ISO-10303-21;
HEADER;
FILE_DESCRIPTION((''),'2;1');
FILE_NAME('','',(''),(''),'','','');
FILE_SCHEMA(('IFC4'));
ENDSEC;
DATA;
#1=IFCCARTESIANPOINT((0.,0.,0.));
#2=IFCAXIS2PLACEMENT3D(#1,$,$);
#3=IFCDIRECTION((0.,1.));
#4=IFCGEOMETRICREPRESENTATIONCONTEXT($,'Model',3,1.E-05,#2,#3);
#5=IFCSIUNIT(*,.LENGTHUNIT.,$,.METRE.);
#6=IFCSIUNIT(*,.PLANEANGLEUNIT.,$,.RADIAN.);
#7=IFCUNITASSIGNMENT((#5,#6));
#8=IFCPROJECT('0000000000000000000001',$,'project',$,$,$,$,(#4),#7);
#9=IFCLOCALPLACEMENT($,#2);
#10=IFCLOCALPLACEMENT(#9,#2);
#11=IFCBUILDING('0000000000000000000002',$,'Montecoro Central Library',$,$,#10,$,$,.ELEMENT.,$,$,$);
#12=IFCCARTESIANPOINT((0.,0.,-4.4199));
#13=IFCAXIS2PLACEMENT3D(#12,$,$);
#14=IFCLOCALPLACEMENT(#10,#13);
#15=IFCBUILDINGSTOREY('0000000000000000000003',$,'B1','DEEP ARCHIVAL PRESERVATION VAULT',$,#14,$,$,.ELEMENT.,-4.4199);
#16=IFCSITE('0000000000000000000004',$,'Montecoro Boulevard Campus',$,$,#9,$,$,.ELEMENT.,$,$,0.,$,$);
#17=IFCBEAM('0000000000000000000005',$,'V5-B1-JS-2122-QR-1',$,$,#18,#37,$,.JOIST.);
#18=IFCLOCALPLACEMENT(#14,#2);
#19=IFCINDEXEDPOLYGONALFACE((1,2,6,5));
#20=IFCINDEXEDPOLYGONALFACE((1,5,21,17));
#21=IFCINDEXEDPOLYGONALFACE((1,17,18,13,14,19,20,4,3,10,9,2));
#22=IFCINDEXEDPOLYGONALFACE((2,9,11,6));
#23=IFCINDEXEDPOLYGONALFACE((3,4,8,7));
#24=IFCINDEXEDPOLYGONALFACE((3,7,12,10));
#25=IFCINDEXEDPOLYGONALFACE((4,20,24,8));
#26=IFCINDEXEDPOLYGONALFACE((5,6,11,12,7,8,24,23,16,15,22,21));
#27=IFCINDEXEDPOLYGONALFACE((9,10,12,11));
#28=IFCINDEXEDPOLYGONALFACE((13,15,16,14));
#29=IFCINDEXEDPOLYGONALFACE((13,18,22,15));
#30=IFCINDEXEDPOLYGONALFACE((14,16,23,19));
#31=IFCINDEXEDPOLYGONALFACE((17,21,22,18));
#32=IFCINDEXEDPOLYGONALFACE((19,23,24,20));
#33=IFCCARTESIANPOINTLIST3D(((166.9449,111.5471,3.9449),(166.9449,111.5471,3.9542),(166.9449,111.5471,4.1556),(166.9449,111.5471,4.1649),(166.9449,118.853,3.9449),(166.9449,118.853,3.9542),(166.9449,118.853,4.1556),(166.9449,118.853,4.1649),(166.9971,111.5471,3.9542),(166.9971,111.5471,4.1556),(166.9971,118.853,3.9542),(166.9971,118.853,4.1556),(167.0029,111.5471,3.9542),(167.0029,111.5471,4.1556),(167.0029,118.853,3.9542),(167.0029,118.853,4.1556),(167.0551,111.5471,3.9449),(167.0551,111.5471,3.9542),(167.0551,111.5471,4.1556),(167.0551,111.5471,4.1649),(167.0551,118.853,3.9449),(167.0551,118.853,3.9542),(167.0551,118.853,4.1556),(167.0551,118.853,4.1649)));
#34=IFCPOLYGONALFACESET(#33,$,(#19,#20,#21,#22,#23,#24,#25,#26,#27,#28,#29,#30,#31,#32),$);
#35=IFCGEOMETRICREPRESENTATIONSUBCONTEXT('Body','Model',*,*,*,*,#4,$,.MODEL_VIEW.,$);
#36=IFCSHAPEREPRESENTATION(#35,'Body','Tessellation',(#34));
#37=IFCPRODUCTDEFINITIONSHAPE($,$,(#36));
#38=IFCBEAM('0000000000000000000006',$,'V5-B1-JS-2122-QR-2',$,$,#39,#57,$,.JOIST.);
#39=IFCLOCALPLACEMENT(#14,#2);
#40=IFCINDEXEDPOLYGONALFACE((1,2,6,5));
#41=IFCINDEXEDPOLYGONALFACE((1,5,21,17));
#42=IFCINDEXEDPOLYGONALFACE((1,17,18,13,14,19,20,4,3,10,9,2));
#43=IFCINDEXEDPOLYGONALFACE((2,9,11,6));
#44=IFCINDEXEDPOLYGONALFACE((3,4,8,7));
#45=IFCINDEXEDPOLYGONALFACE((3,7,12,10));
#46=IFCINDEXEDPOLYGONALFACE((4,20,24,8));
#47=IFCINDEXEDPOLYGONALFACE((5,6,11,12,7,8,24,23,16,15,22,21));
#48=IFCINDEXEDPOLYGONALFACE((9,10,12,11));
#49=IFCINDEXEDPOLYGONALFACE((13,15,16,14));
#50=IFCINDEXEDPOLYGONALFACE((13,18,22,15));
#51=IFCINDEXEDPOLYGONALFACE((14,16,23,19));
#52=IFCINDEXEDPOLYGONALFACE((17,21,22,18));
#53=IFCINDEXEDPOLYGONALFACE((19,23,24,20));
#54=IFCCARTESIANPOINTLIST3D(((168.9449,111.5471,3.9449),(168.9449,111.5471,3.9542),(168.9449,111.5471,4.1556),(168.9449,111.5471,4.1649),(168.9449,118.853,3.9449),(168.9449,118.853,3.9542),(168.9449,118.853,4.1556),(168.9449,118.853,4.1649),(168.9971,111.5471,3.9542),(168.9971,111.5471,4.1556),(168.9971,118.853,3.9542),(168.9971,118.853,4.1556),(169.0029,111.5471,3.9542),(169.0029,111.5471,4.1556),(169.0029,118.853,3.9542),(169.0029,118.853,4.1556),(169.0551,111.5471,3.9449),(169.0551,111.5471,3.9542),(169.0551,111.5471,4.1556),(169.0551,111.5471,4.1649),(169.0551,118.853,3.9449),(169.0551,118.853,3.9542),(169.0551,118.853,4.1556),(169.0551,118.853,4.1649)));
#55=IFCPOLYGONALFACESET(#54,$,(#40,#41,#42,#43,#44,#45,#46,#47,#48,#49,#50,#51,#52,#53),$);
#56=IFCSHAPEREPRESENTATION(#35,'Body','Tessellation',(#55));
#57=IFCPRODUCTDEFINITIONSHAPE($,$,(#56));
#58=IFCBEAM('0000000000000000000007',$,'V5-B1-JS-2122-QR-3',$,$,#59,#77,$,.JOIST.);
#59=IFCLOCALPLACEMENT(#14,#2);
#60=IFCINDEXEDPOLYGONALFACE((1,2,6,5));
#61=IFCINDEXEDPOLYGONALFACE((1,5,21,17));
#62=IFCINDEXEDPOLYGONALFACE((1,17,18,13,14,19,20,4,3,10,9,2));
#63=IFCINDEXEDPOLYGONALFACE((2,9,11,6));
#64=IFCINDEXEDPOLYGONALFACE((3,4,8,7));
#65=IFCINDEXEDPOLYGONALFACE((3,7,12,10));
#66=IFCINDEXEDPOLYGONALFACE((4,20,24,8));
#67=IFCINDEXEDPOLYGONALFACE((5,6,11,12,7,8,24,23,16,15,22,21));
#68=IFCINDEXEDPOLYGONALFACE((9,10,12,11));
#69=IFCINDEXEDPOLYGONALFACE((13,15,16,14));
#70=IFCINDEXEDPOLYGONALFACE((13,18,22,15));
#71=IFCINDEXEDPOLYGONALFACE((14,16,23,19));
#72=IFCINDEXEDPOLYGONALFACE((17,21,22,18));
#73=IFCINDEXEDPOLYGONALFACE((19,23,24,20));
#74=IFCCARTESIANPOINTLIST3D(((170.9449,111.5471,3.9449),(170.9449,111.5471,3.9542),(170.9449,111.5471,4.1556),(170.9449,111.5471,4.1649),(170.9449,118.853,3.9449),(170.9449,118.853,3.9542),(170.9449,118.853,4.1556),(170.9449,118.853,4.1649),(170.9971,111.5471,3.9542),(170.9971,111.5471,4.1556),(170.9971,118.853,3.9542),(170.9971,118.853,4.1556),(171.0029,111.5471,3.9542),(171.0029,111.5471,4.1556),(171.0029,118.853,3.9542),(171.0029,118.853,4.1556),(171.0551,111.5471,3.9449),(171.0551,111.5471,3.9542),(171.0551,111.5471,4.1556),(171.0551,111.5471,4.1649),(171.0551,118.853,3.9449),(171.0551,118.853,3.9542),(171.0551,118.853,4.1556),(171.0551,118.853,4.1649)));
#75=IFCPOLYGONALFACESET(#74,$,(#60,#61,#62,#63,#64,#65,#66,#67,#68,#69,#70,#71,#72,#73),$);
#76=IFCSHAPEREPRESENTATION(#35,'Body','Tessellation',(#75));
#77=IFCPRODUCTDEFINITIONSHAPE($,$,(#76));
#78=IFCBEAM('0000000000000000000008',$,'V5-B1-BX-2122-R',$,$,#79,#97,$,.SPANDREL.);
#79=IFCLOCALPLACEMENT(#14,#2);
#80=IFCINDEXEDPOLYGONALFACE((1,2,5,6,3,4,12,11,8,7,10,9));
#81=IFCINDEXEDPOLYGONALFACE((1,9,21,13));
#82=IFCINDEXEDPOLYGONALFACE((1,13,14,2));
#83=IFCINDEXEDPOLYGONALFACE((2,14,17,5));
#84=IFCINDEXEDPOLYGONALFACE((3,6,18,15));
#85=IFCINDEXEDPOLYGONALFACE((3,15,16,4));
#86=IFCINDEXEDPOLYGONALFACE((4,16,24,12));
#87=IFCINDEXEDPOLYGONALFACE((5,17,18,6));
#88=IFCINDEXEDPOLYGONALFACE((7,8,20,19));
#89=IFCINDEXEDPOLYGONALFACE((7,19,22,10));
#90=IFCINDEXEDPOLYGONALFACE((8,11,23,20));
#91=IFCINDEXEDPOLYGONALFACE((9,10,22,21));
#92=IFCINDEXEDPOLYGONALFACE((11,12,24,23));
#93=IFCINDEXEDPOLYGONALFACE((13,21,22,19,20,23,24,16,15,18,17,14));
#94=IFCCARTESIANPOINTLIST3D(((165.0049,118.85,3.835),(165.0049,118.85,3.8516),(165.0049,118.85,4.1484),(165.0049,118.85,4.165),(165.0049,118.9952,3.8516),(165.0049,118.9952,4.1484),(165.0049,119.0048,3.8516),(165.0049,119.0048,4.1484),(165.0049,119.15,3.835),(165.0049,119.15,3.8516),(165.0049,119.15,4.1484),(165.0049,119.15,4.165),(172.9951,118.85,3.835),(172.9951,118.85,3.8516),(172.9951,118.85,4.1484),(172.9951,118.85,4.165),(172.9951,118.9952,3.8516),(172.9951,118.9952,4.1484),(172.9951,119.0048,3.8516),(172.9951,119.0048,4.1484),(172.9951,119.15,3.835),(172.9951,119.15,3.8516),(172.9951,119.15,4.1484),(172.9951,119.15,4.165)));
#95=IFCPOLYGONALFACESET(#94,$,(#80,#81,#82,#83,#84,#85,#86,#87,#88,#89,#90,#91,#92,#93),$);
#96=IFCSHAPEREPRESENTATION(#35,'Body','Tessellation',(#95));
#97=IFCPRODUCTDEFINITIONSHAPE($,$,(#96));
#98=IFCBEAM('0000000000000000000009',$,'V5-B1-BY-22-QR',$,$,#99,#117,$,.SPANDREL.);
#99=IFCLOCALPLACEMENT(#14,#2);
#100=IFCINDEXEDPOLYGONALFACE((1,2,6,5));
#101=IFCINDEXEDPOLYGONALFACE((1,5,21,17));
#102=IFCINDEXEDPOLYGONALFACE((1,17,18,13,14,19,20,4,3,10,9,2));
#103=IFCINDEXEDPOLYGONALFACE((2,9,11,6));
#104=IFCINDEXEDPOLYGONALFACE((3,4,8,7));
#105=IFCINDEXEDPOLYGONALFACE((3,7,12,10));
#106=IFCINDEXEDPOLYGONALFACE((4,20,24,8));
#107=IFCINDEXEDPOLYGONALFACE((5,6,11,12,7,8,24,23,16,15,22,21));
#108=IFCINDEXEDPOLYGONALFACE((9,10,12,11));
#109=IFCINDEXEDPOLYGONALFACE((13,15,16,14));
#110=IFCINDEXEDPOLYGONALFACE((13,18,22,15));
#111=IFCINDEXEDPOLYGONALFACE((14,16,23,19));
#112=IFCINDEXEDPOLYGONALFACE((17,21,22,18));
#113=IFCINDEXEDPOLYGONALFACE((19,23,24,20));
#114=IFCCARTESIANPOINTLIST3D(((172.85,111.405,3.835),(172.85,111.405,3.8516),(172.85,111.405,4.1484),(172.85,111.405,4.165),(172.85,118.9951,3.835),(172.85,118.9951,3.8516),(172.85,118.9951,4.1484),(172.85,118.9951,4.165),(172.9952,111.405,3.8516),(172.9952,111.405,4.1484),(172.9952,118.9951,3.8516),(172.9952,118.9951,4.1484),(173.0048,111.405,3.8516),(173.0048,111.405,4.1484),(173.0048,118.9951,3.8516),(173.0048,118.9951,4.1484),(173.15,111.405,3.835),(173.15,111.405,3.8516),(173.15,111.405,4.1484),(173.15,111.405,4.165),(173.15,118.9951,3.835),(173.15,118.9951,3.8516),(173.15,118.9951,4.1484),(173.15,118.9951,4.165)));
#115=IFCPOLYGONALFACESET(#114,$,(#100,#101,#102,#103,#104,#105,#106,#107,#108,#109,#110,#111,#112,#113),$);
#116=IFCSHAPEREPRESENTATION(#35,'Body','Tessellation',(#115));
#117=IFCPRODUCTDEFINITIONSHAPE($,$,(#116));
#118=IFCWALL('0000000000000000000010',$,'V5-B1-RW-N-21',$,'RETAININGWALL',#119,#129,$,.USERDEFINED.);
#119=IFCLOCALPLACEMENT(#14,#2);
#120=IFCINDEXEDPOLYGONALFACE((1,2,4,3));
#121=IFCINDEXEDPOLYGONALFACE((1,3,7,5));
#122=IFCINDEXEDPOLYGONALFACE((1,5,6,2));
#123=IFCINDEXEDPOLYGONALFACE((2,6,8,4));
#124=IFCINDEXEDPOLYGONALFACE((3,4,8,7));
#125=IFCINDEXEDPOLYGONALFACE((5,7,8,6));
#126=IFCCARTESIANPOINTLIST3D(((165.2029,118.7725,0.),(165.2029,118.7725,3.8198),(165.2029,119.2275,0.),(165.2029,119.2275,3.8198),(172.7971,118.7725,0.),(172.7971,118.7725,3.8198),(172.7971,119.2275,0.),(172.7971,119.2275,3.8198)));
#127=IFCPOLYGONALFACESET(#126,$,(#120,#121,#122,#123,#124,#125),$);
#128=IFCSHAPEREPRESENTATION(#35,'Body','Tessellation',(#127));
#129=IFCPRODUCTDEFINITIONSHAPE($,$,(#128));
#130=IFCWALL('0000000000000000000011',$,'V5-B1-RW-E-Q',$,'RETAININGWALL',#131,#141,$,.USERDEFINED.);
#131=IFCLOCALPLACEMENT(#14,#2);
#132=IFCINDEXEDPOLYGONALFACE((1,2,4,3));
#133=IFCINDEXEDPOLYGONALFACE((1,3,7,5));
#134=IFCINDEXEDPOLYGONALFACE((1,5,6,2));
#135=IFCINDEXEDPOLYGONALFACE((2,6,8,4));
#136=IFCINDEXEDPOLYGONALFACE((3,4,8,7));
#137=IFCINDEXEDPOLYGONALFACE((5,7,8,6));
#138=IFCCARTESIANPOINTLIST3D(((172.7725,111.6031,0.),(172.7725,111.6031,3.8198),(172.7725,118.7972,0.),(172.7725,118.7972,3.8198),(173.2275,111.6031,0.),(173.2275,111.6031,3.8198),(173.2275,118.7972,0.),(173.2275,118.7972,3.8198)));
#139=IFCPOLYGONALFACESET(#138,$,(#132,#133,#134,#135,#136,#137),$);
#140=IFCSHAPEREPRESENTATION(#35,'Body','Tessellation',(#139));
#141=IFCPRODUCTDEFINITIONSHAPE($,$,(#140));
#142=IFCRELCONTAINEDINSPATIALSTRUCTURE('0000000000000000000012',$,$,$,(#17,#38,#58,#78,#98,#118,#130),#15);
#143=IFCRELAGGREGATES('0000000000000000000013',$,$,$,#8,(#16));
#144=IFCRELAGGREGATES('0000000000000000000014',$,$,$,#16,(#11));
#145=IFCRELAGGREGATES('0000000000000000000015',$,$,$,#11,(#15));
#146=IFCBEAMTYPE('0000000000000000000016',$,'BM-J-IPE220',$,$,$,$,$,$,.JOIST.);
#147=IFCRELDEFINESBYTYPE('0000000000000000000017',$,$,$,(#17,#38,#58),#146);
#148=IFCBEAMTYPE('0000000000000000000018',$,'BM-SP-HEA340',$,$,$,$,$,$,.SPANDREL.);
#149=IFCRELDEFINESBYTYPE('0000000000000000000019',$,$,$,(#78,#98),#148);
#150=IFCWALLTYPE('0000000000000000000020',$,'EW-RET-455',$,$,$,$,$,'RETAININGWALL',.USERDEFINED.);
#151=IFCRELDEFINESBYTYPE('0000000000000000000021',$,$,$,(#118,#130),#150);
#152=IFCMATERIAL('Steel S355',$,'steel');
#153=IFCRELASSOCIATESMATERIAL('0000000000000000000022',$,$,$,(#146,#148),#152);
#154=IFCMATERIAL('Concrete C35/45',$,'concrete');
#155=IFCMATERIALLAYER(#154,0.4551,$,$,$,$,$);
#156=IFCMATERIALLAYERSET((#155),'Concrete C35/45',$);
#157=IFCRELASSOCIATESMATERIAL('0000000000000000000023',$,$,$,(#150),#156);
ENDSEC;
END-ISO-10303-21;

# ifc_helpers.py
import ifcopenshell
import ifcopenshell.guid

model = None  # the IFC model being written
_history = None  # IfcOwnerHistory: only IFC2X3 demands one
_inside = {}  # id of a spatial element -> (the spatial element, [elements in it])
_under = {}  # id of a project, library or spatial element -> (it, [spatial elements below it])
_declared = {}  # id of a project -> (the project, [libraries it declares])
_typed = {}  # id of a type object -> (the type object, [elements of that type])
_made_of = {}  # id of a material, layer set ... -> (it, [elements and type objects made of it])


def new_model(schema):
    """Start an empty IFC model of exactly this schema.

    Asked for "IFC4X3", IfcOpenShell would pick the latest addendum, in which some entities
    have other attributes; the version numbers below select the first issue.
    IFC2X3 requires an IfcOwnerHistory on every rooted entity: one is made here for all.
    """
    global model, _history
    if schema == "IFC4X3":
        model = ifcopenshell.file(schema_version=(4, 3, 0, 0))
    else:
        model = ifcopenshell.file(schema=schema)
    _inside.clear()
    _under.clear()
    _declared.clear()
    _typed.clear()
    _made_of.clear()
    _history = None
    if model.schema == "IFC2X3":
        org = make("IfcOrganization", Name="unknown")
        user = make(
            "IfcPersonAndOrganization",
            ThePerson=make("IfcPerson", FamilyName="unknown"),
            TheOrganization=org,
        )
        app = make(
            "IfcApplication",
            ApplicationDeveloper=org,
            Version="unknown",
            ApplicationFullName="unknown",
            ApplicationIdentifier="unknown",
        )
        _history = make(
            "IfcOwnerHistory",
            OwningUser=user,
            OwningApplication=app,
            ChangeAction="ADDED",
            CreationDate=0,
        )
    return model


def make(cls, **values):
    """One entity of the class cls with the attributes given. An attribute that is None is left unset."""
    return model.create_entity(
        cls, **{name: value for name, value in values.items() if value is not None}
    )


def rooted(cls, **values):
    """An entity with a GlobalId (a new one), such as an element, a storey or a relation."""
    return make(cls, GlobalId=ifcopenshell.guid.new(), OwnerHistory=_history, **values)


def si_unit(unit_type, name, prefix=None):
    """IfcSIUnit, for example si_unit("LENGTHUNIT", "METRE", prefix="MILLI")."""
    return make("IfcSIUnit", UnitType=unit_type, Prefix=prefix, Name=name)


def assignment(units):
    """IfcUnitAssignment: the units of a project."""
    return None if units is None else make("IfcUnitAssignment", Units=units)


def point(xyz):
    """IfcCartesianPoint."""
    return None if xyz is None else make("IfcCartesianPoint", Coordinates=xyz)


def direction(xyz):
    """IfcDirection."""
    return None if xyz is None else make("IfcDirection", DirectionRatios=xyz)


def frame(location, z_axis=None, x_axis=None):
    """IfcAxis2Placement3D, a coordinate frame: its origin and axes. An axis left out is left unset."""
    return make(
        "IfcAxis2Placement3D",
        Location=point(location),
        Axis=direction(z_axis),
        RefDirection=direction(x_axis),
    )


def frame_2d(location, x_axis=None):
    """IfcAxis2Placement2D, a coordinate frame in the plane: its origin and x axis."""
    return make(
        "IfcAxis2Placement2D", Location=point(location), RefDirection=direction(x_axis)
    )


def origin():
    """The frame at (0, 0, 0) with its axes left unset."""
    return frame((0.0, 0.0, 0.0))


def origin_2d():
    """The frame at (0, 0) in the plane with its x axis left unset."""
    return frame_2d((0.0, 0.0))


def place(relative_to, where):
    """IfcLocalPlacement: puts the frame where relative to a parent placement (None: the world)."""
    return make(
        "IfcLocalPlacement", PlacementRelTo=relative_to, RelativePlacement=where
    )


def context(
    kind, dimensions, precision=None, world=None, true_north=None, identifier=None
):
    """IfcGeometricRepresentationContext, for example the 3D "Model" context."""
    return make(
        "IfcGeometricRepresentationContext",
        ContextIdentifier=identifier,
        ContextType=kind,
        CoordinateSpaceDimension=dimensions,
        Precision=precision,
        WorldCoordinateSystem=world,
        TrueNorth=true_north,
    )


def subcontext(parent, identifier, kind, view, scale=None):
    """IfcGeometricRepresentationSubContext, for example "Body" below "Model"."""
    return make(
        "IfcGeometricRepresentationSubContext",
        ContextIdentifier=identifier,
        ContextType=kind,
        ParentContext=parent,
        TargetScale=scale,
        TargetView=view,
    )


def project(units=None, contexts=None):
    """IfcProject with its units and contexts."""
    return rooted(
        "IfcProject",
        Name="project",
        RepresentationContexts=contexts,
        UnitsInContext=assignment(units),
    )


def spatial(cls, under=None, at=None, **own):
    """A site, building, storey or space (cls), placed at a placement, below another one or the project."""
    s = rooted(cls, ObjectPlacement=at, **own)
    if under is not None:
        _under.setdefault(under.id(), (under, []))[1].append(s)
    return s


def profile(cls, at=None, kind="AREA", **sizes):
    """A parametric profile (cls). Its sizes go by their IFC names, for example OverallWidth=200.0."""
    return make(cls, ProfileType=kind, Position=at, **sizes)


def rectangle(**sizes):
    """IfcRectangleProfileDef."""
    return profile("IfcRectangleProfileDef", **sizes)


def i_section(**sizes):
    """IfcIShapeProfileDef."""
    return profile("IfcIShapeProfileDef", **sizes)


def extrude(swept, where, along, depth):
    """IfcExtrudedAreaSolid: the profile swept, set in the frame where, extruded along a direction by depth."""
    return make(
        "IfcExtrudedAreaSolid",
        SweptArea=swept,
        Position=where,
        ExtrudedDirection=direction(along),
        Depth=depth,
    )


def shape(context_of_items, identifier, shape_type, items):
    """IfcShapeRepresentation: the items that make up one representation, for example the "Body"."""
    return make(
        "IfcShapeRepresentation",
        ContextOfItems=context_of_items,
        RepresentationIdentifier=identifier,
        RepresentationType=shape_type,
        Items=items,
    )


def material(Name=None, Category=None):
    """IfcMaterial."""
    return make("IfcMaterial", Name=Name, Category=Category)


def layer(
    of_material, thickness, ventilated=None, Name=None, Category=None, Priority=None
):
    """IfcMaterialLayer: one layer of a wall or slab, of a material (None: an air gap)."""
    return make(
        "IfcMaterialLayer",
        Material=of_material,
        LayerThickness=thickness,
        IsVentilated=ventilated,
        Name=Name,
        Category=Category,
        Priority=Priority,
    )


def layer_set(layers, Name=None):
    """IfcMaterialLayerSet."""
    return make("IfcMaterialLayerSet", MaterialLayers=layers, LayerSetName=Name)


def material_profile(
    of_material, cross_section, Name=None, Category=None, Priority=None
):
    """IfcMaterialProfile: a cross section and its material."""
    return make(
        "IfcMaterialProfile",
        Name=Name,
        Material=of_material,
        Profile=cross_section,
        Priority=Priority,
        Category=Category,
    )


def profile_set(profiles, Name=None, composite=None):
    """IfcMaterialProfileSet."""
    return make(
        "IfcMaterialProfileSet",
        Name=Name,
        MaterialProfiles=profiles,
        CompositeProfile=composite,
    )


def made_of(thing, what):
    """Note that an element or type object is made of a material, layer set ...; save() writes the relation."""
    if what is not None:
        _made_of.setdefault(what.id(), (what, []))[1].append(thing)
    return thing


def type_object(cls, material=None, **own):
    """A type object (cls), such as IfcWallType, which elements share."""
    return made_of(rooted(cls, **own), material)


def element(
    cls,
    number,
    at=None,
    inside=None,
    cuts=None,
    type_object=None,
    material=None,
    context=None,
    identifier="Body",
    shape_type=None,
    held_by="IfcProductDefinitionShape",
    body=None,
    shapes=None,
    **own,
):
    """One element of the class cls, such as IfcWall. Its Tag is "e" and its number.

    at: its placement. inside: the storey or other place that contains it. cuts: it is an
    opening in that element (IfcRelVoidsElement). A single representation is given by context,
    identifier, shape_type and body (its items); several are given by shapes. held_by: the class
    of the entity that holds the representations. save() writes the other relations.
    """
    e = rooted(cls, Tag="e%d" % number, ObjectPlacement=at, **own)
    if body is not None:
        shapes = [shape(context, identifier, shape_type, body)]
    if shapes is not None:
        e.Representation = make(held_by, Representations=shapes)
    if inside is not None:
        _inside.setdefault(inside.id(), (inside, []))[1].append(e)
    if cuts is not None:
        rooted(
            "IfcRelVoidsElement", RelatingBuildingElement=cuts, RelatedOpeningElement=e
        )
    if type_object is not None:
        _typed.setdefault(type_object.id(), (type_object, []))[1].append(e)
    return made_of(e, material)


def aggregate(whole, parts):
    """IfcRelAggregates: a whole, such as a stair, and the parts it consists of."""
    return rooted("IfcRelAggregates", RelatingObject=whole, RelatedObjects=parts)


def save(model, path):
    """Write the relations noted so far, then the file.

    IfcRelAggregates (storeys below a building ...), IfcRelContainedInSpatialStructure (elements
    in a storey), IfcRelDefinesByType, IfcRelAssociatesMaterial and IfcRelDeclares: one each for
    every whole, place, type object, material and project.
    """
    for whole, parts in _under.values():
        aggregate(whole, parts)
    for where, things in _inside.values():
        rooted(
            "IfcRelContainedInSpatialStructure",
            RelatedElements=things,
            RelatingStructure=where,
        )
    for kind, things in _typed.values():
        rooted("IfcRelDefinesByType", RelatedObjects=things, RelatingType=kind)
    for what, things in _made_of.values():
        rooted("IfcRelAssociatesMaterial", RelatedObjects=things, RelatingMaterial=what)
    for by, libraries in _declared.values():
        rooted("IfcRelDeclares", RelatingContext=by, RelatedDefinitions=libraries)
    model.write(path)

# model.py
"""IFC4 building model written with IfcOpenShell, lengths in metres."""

from ifc_helpers import new_model, si_unit, direction, frame, frame_2d, origin, origin_2d, place, context, subcontext, project, spatial, rectangle, i_section, extrude, material, layer, layer_set, material_profile, profile_set, type_object, element, save


model = new_model("IFC4")

# Units and contexts
model_context = context("Model", 3, precision=1e-05, world=origin(), true_north=direction((0.0, 1.0)))
body_context = subcontext(model_context, "Body", "Model", "MODEL_VIEW")
ifc_project = project(units=[si_unit("LENGTHUNIT", "METRE"), si_unit("PLANEANGLEUNIT", "RADIAN")], contexts=[model_context])

# Site, building, storey
site_placement = place(None, origin())
site = spatial("IfcSite", under=ifc_project, at=site_placement, Name="Montecoro Boulevard Campus", CompositionType="ELEMENT", RefElevation=0.0)
building_placement = place(site_placement, origin())
building = spatial("IfcBuilding", under=site, at=building_placement, Name="Montecoro Central Library", CompositionType="ELEMENT")
storey_placement = place(building_placement, frame((0.0, 0.0, -4.4199)))
storey = spatial("IfcBuildingStorey", under=building, at=storey_placement, Name="B1", Description="DEEP ARCHIVAL PRESERVATION VAULT", CompositionType="ELEMENT", Elevation=-4.4199)

# Shared definitions
ifc_material_1 = material(Name="Concrete C35/45", Category="concrete")

# Beams
ifc_material_2 = material(Name="Steel S355", Category="steel")
ifc_material_profile_1 = material_profile(ifc_material_2, i_section(OverallWidth=0.1101, OverallDepth=0.22, WebThickness=0.0059, FlangeThickness=0.0093, at=origin_2d()), Name="IPE 220")
ifc_profile_set_1 = profile_set([ifc_material_profile_1], Name="Steel S355")
beam_type_1 = type_object("IfcBeamType", Name="BM-J-IPE220", PredefinedType="JOIST", material=ifc_profile_set_1)
for number, where, z_axis, x_axis, name in (
    (1, (167.0, 111.5471, 4.0549), (0.0, 1.0, 0.0), (-1.0, 0.0, 0.0), "V5-B1-JS-2122-QR-1"),
    (2, (169.0, 111.5471, 4.0549), (0.0, 1.0, 0.0), (-1.0, 0.0, 0.0), "V5-B1-JS-2122-QR-2"),
    (3, (171.0, 111.5471, 4.0549), (0.0, 1.0, 0.0), (-1.0, 0.0, 0.0), "V5-B1-JS-2122-QR-3"),
):
    element("IfcBeam", number, at=place(storey_placement, frame(where, z_axis=z_axis, x_axis=x_axis)), inside=storey, type_object=beam_type_1, Name=name, PredefinedType="JOIST", context=body_context, shape_type="SweptSolid", body=[
        extrude(i_section(OverallWidth=0.1101, OverallDepth=0.22, WebThickness=0.0059, FlangeThickness=0.0093, at=origin_2d()), origin(), (0.0, 0.0, 1.0), 7.3059),
    ])
ifc_material_profile_2 = material_profile(ifc_material_2, i_section(OverallWidth=0.3, OverallDepth=0.3301, WebThickness=0.0095, FlangeThickness=0.0166, at=origin_2d()), Name="HEA 340")
ifc_profile_set_2 = profile_set([ifc_material_profile_2], Name="Steel S355")
beam_type_2 = type_object("IfcBeamType", Name="BM-SP-HEA340", PredefinedType="SPANDREL", material=ifc_profile_set_2)
beam_1_placement = place(storey_placement, frame((165.0049, 119.0, 4.0), z_axis=(1.0, 0.0, 0.0), x_axis=(0.0, 1.0, 0.0)))
element("IfcBeam", 4, at=beam_1_placement, inside=storey, type_object=beam_type_2, Name="V5-B1-BX-2122-R", PredefinedType="SPANDREL", context=body_context, shape_type="SweptSolid", body=[
    extrude(i_section(OverallWidth=0.3, OverallDepth=0.3301, WebThickness=0.0095, FlangeThickness=0.0166, at=origin_2d()), origin(), (0.0, 0.0, 1.0), 7.9902),
])
beam_2_placement = place(storey_placement, frame((173.0, 111.405, 4.0), z_axis=(0.0, 1.0, 0.0), x_axis=(-1.0, 0.0, 0.0)))
element("IfcBeam", 5, at=beam_2_placement, inside=storey, type_object=beam_type_2, Name="V5-B1-BY-22-QR", PredefinedType="SPANDREL", context=body_context, shape_type="SweptSolid", body=[
    extrude(i_section(OverallWidth=0.3, OverallDepth=0.3301, WebThickness=0.0095, FlangeThickness=0.0166, at=origin_2d()), origin(), (0.0, 0.0, 1.0), 7.5901),
])

# Walls
ifc_layer = layer(ifc_material_1, 0.4551)
ifc_layer_set = layer_set([ifc_layer], Name="Concrete C35/45")
wall_type = type_object("IfcWallType", Name="EW-RET-455", ElementType="RETAININGWALL", PredefinedType="USERDEFINED", material=ifc_layer_set)
wall_1_placement = place(storey_placement, frame((165.2029, 119.0, 0.0), z_axis=(0.0, 0.0, 1.0), x_axis=(1.0, 0.0, 0.0)))
element("IfcWall", 6, at=wall_1_placement, inside=storey, type_object=wall_type, Name="V5-B1-RW-N-21", ObjectType="RETAININGWALL", PredefinedType="USERDEFINED", context=body_context, shape_type="SweptSolid", body=[
    extrude(rectangle(XDim=7.5942, YDim=0.4551, at=frame_2d((3.7971, 0.0))), origin(), (0.0, 0.0, 1.0), 3.8198),
])
wall_2_placement = place(storey_placement, frame((173.0, 111.603, 0.0), z_axis=(0.0, 0.0, 1.0), x_axis=(0.0, 1.0, 0.0)))
element("IfcWall", 7, at=wall_2_placement, inside=storey, type_object=wall_type, Name="V5-B1-RW-E-Q", ObjectType="RETAININGWALL", PredefinedType="USERDEFINED", context=body_context, shape_type="SweptSolid", body=[
    extrude(rectangle(XDim=7.1941, YDim=0.4551, at=frame_2d((3.5972, 0.0))), origin(), (0.0, 0.0, 1.0), 3.8198),
])

save(model, "model.ifc")
